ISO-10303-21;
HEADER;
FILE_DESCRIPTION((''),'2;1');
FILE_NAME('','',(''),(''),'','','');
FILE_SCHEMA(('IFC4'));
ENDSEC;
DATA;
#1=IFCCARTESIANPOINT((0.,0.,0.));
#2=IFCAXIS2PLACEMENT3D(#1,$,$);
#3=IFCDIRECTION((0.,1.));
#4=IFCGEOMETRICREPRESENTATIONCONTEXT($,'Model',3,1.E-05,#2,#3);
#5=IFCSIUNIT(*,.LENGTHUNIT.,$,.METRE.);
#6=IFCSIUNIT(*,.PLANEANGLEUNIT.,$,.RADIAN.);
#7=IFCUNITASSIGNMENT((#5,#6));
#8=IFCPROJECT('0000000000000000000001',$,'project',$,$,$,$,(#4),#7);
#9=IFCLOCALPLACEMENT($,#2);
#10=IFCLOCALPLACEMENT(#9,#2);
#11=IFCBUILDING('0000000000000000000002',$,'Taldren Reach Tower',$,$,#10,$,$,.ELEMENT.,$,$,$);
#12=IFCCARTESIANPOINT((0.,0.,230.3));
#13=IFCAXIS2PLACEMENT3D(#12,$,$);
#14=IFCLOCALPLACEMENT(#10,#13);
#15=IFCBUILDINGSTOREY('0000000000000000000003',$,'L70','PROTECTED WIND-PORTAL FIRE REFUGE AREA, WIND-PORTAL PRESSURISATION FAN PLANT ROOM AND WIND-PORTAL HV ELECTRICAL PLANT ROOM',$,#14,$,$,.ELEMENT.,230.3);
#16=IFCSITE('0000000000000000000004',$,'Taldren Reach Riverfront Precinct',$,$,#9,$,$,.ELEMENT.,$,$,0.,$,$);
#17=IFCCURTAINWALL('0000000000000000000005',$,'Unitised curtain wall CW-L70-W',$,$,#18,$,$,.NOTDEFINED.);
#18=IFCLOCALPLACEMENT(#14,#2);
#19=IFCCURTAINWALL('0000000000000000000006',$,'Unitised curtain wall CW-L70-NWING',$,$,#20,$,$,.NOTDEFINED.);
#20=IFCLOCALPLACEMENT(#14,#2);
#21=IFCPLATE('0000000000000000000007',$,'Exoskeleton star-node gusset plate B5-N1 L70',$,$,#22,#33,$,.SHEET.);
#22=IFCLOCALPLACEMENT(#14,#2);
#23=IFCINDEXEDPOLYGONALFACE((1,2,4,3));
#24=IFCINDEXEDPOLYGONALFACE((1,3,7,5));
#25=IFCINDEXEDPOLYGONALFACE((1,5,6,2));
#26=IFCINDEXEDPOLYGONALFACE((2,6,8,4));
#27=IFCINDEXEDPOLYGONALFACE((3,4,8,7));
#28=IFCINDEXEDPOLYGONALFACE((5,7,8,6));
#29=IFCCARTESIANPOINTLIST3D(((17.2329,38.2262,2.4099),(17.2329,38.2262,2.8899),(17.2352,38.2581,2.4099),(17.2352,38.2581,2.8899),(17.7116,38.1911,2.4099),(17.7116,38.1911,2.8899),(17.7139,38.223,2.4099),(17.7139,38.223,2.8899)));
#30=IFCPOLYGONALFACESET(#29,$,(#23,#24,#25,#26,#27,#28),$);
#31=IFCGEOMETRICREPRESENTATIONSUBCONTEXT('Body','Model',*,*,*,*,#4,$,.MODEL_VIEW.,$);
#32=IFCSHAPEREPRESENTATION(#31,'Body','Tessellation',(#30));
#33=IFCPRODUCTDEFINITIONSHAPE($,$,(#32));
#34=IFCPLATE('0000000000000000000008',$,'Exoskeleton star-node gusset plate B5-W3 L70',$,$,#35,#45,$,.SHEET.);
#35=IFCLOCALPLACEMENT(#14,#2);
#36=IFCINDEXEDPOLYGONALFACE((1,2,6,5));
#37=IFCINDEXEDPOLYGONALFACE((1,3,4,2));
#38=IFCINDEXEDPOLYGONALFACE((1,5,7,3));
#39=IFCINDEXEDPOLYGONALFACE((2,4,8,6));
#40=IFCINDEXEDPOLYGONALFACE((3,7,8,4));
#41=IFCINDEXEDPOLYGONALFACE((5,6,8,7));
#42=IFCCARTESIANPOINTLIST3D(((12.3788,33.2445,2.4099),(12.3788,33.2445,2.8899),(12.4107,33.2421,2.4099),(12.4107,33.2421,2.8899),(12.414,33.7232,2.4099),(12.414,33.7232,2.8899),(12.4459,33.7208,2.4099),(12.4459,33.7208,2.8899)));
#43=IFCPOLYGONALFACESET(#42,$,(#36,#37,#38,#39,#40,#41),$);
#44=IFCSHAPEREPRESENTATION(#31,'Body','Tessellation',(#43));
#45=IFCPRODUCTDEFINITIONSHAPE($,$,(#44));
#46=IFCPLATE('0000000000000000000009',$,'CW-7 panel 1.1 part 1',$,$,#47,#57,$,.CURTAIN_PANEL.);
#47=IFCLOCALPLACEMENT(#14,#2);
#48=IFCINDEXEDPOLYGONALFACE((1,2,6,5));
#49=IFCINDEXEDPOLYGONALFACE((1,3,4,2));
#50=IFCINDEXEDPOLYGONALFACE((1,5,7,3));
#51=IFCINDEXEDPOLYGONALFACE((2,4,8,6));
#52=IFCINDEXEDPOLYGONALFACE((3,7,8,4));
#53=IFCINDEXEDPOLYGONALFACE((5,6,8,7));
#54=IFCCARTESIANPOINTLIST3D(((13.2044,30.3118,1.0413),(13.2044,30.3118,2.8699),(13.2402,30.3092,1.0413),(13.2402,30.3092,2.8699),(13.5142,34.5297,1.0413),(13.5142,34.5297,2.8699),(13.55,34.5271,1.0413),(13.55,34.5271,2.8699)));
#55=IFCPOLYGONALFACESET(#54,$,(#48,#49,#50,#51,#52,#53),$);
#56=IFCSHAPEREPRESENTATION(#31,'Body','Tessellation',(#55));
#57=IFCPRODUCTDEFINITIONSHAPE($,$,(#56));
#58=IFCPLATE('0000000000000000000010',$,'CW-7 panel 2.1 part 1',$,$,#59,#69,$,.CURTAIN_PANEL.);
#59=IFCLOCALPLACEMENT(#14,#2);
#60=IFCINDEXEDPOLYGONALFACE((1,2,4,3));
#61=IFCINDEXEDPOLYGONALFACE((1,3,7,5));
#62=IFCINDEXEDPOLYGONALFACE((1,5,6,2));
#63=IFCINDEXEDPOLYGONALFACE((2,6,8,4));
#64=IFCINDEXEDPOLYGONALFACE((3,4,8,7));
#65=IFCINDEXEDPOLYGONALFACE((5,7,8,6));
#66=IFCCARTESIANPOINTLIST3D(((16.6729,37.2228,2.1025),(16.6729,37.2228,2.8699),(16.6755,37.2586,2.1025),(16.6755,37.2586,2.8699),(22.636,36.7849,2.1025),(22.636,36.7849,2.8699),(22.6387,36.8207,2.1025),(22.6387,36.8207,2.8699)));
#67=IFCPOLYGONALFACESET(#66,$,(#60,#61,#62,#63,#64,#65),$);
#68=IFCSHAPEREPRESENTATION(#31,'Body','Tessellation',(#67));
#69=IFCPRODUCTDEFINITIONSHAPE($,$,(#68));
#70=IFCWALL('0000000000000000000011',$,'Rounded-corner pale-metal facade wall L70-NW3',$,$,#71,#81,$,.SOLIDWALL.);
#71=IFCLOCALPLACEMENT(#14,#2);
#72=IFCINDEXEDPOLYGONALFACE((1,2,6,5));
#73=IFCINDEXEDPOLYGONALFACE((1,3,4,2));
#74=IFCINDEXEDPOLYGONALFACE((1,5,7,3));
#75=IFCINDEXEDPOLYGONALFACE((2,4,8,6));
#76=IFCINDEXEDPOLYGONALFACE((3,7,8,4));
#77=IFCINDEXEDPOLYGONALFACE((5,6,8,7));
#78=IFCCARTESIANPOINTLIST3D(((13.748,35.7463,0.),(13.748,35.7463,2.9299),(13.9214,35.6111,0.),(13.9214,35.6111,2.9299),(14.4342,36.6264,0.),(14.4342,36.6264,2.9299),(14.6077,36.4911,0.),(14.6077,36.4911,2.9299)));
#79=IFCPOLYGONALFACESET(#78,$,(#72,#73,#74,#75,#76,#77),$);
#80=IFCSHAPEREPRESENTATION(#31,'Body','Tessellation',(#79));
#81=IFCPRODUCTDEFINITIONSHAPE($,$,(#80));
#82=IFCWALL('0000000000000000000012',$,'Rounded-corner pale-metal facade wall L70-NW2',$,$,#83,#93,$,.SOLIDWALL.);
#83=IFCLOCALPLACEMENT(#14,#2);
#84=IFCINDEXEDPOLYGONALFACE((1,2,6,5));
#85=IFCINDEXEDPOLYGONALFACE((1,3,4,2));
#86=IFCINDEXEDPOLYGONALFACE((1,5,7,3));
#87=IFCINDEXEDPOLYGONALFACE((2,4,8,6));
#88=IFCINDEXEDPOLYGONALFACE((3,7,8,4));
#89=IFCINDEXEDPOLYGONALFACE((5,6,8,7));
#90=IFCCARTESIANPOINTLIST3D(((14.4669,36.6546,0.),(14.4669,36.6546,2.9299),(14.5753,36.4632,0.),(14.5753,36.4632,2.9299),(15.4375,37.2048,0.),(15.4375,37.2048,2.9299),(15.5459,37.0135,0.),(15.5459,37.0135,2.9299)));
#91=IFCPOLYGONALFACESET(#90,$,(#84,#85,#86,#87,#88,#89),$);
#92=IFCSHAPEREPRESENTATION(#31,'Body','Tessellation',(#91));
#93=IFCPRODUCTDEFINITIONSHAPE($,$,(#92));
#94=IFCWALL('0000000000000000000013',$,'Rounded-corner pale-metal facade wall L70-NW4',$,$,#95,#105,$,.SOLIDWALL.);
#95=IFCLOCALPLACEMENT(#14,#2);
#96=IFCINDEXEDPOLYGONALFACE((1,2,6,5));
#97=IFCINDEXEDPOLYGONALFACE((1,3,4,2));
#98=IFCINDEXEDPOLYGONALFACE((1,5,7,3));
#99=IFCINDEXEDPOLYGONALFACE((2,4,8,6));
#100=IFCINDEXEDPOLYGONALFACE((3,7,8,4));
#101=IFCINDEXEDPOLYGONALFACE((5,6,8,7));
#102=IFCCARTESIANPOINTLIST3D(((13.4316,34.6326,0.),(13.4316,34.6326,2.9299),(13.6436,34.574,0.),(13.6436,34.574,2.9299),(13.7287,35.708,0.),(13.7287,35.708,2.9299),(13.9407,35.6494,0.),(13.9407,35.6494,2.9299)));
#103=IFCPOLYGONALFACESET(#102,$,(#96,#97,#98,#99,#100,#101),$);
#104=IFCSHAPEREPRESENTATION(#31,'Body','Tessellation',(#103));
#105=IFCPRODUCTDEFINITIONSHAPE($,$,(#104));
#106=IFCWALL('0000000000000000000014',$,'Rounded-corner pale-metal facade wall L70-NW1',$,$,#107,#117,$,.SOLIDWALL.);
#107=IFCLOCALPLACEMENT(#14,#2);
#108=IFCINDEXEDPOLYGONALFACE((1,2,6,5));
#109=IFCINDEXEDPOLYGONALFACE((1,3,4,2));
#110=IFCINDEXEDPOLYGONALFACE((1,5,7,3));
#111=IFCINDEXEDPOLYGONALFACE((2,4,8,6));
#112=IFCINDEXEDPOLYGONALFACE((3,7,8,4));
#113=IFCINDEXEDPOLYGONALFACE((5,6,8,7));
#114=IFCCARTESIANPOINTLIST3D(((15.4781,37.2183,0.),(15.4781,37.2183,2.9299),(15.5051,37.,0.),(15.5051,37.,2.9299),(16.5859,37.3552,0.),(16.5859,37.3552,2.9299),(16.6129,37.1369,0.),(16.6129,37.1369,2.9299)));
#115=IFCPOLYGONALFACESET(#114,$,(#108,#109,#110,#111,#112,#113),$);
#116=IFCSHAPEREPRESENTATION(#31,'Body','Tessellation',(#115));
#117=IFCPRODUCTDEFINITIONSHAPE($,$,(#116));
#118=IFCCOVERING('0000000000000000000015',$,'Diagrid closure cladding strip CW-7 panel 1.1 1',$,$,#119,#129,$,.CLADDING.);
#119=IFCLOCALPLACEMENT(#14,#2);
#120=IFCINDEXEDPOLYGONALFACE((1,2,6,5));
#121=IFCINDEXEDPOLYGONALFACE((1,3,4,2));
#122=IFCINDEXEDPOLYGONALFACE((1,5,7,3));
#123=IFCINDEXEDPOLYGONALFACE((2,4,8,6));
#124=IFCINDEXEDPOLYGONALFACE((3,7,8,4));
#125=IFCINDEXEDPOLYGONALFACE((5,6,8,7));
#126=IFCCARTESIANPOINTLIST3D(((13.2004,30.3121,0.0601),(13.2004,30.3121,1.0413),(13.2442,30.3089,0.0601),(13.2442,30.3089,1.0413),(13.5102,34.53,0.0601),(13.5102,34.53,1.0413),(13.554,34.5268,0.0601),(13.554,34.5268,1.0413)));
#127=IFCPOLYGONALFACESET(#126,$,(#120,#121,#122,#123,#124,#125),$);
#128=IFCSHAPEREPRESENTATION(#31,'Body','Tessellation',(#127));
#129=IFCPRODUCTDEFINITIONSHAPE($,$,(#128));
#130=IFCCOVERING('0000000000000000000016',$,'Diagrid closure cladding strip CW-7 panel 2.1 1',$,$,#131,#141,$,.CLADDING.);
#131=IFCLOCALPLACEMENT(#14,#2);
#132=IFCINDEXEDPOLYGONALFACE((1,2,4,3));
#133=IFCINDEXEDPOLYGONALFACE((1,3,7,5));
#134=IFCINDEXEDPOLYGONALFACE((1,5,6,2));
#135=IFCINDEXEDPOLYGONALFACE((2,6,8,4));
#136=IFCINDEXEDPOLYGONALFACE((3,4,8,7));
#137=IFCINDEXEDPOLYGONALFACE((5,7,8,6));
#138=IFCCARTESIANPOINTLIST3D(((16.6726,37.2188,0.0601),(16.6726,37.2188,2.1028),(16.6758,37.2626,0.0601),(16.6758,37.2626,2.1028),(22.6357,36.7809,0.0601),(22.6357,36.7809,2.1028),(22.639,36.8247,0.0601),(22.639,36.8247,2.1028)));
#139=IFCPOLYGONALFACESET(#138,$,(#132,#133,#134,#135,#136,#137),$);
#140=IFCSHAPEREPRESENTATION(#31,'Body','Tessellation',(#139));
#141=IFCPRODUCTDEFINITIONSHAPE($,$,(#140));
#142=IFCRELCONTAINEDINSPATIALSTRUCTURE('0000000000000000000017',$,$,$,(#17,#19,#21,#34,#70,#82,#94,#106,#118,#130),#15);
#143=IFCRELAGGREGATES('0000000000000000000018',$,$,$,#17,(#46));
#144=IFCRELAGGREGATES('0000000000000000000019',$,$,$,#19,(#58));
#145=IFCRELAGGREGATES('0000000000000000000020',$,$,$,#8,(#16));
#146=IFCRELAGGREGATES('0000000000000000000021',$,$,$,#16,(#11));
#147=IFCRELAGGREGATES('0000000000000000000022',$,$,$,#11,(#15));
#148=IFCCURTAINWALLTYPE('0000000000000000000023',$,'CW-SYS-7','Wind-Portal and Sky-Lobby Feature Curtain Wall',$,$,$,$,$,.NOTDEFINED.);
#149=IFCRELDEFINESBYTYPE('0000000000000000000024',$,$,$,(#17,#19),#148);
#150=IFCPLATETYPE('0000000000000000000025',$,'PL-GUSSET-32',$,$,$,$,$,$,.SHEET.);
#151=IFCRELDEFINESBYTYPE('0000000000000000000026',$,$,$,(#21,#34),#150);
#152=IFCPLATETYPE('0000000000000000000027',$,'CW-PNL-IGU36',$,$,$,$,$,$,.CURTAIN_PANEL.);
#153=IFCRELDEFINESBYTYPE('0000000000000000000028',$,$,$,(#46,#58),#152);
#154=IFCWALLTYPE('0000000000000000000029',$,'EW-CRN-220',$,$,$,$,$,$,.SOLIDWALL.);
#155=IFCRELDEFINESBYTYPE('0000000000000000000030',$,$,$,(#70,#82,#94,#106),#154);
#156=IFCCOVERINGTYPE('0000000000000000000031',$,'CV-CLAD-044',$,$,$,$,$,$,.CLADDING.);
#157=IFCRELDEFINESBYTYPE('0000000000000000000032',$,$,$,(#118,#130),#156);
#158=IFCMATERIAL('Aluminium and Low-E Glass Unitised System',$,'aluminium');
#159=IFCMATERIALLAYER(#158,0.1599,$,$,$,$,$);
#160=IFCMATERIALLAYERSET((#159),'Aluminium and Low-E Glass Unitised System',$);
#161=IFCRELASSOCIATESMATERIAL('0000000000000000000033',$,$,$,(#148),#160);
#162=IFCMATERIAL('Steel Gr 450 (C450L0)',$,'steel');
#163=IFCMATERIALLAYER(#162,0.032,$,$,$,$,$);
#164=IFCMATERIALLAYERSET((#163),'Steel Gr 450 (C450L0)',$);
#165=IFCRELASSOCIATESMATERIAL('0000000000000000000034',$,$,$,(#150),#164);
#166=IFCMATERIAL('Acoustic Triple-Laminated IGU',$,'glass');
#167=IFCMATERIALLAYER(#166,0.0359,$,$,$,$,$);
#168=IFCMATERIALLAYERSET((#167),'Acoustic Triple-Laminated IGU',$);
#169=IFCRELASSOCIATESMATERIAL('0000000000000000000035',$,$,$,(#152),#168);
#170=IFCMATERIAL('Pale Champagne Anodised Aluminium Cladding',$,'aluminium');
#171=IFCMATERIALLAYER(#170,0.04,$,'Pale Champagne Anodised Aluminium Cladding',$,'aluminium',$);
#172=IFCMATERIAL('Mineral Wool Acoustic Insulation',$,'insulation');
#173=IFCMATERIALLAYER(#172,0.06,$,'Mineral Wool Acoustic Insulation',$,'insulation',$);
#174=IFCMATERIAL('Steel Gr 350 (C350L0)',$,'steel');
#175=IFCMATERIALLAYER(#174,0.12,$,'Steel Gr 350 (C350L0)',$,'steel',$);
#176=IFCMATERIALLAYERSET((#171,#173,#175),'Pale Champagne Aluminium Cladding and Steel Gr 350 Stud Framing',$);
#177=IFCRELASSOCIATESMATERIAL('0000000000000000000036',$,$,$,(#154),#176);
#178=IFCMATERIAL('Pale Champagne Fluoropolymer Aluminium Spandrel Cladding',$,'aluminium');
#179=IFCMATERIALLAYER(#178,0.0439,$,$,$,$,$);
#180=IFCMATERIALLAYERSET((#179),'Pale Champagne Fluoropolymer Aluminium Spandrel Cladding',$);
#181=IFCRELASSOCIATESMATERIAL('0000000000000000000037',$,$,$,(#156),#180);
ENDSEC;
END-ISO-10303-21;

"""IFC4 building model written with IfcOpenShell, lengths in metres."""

from ifc_helpers import new_model, si_unit, direction, frame, frame_2d, origin, origin_2d, place, context, subcontext, project, spatial, rectangle, extrude, source, transform, mapped, material, layer, layer_set, type_object, element, aggregate, save


model = new_model("IFC4")

# Units and contexts
model_context = context("Model", 3, precision=1e-05, world=origin(), true_north=direction((0.0, 1.0)))
body_context = subcontext(model_context, "Body", "Model", "MODEL_VIEW")
ifc_project = project(units=[si_unit("LENGTHUNIT", "METRE"), si_unit("PLANEANGLEUNIT", "RADIAN")], contexts=[model_context])

# Site, building, storey
site_placement = place(None, origin())
site = spatial("IfcSite", under=ifc_project, at=site_placement, Name="Taldren Reach Riverfront Precinct", CompositionType="ELEMENT", RefElevation=0.0)
building_placement = place(site_placement, origin())
building = spatial("IfcBuilding", under=site, at=building_placement, Name="Taldren Reach Tower", CompositionType="ELEMENT")
storey_placement = place(building_placement, frame((0.0, 0.0, 230.3)))
storey = spatial("IfcBuildingStorey", under=building, at=storey_placement, Name="L70", Description="PROTECTED WIND-PORTAL FIRE REFUGE AREA, WIND-PORTAL PRESSURISATION FAN PLANT ROOM AND WIND-PORTAL HV ELECTRICAL PLANT ROOM", CompositionType="ELEMENT", Elevation=230.3)

# Shared definitions
ifc_material_1 = material(Name="Steel Gr 350 (C350L0)", Category="steel")

# Shared definitions
ifc_material_2 = material(Name="Steel Gr 450 (C450L0)", Category="steel")

# Curtain wall
ifc_material_3 = material(Name="Aluminium and Low-E Glass Unitised System", Category="aluminium")
ifc_layer_1 = layer(ifc_material_3, 0.1599)
ifc_layer_set_1 = layer_set([ifc_layer_1], Name="Aluminium and Low-E Glass Unitised System")
curtain_wall_type = type_object("IfcCurtainWallType", Name="CW-SYS-7", Description="Wind-Portal and Sky-Lobby Feature Curtain Wall", PredefinedType="NOTDEFINED", material=ifc_layer_set_1)
curtain_wall_1_placement = place(storey_placement, origin())
curtain_wall_1 = element("IfcCurtainWall", 1, at=curtain_wall_1_placement, inside=storey, type_object=curtain_wall_type, Name="Unitised curtain wall CW-L70-W", PredefinedType="NOTDEFINED")

# Curtain wall
curtain_wall_2_placement = place(storey_placement, origin())
curtain_wall_2 = element("IfcCurtainWall", 2, at=curtain_wall_2_placement, inside=storey, type_object=curtain_wall_type, Name="Unitised curtain wall CW-L70-NWING", PredefinedType="NOTDEFINED")

# Plates
ifc_layer_2 = layer(ifc_material_2, 0.032)
ifc_layer_set_2 = layer_set([ifc_layer_2], Name="Steel Gr 450 (C450L0)")
plate_type_1 = type_object("IfcPlateType", Name="PL-GUSSET-32", PredefinedType="SHEET", material=ifc_layer_set_2)
shared_shape_1 = source(origin(), body_context, "Body", "SweptSolid", [
    extrude(rectangle(XDim=0.48, YDim=0.032, at=origin_2d()), origin(), (0.0, 0.0, 1.0), 0.48),
])
for number, where, z_axis, x_axis, name in (
    (3, (17.4734, 38.2246, 2.4099), (0.0, 0.0, 1.0), (0.997314, -0.073238, 0.0), "Exoskeleton star-node gusset plate B5-N1 L70"),
    (4, (12.4124, 33.4827, 2.4099), (0.0, 0.0, 1.0), (0.073238, 0.997314, 0.0), "Exoskeleton star-node gusset plate B5-W3 L70"),
):
    element("IfcPlate", number, at=place(storey_placement, frame(where, z_axis=z_axis, x_axis=x_axis)), inside=storey, type_object=plate_type_1, Name=name, PredefinedType="SHEET", context=body_context, shape_type="MappedRepresentation", body=[
        mapped(shared_shape_1, transform((0.0, 0.0, 0.0), scale=1.0)),
    ])

# Plates
ifc_material_4 = material(Name="Acoustic Triple-Laminated IGU", Category="glass")
ifc_layer_3 = layer(ifc_material_4, 0.0359)
ifc_layer_set_3 = layer_set([ifc_layer_3], Name="Acoustic Triple-Laminated IGU")
plate_type_2 = type_object("IfcPlateType", Name="CW-PNL-IGU36", PredefinedType="CURTAIN_PANEL", material=ifc_layer_set_3)
shared_shape_2 = source(origin(), body_context, "Body", "SweptSolid", [
    extrude(rectangle(XDim=4.2292, YDim=0.0359, at=origin_2d()), origin(), (0.0, 0.0, 1.0), 1.8286),
])
plate_1_placement = place(storey_placement, frame((13.3772, 32.4194, 1.0413), z_axis=(0.0, 0.0, 1.0), x_axis=(-0.073238, -0.997314, 0.0)))
plate_1 = element("IfcPlate", 5, at=plate_1_placement, type_object=plate_type_2, Name="CW-7 panel 1.1 part 1", PredefinedType="CURTAIN_PANEL", context=body_context, shape_type="MappedRepresentation", body=[
    mapped(shared_shape_2, transform((0.0, 0.0, 0.0), scale=1.0)),
])
aggregate(curtain_wall_1, [plate_1])
shared_shape_3 = source(origin(), body_context, "Body", "SweptSolid", [
    extrude(rectangle(XDim=5.9792, YDim=0.0359, at=origin_2d()), origin(), (0.0, 0.0, 1.0), 0.7673),
])
plate_2_placement = place(storey_placement, frame((19.6558, 37.0217, 2.1025), z_axis=(0.0, 0.0, 1.0), x_axis=(-0.997314, 0.073238, 0.0)))
plate_2 = element("IfcPlate", 6, at=plate_2_placement, type_object=plate_type_2, Name="CW-7 panel 2.1 part 1", PredefinedType="CURTAIN_PANEL", context=body_context, shape_type="MappedRepresentation", body=[
    mapped(shared_shape_3, transform((0.0, 0.0, 0.0), scale=1.0)),
])
aggregate(curtain_wall_2, [plate_2])

# Walls
ifc_material_5 = material(Name="Pale Champagne Anodised Aluminium Cladding", Category="aluminium")
ifc_layer_4 = layer(ifc_material_5, 0.04, Name="Pale Champagne Anodised Aluminium Cladding", Category="aluminium")
ifc_material_6 = material(Name="Mineral Wool Acoustic Insulation", Category="insulation")
ifc_layer_5 = layer(ifc_material_6, 0.06, Name="Mineral Wool Acoustic Insulation", Category="insulation")
ifc_layer_6 = layer(ifc_material_1, 0.12, Name="Steel Gr 350 (C350L0)", Category="steel")
ifc_layer_set_4 = layer_set([ifc_layer_4, ifc_layer_5, ifc_layer_6], Name="Pale Champagne Aluminium Cladding and Steel Gr 350 Stud Framing")
wall_type = type_object("IfcWallType", Name="EW-CRN-220", PredefinedType="SOLIDWALL", material=ifc_layer_set_4)
shared_shape_4 = source(origin(), body_context, "Body", "SweptSolid", [
    extrude(rectangle(XDim=1.116, YDim=0.22, at=frame_2d((0.5581, 0.0))), origin(), (0.0, 0.0, 1.0), 2.9299),
])
wall_1_placement = place(storey_placement, frame((14.521, 36.5588, 0.0), z_axis=(0.0, 0.0, 1.0), x_axis=(-0.614909, -0.788598, 0.0)))
element("IfcWall", 7, at=wall_1_placement, inside=storey, type_object=wall_type, Name="Rounded-corner pale-metal facade wall L70-NW3", PredefinedType="SOLIDWALL", context=body_context, shape_type="MappedRepresentation", body=[
    mapped(shared_shape_4, transform((0.0, 0.0, 0.0), scale=1.0)),
])
shared_shape_5 = source(origin(), body_context, "Body", "SweptSolid", [
    extrude(rectangle(XDim=1.1157, YDim=0.22, at=frame_2d((0.5579, 0.0))), origin(), (0.0, 0.0, 1.0), 2.9299),
])
for number, where, z_axis, x_axis, name in (
    (8, (15.4917, 37.1091, 0.0), (0.0, 0.0, 1.0), (-0.869935, -0.493167, 0.0), "Rounded-corner pale-metal facade wall L70-NW2"),
    (9, (13.8347, 35.6787, 0.0), (0.0, 0.0, 1.0), (-0.266301, -0.96389, 0.0), "Rounded-corner pale-metal facade wall L70-NW4"),
):
    element("IfcWall", number, at=place(storey_placement, frame(where, z_axis=z_axis, x_axis=x_axis)), inside=storey, type_object=wall_type, Name=name, PredefinedType="SOLIDWALL", context=body_context, shape_type="MappedRepresentation", body=[
        mapped(shared_shape_5, transform((0.0, 0.0, 0.0), scale=1.0)),
    ])
shared_shape_6 = source(origin(), body_context, "Body", "SweptSolid", [
    extrude(rectangle(XDim=1.1162, YDim=0.22, at=frame_2d((0.5581, 0.0))), origin(), (0.0, 0.0, 1.0), 2.9299),
])
wall_2_placement = place(storey_placement, frame((16.5994, 37.2461, 0.0), z_axis=(0.0, 0.0, 1.0), x_axis=(-0.992442, -0.122715, 0.0)))
element("IfcWall", 10, at=wall_2_placement, inside=storey, type_object=wall_type, Name="Rounded-corner pale-metal facade wall L70-NW1", PredefinedType="SOLIDWALL", context=body_context, shape_type="MappedRepresentation", body=[
    mapped(shared_shape_6, transform((0.0, 0.0, 0.0), scale=1.0)),
])

# Coverings
ifc_material_7 = material(Name="Pale Champagne Fluoropolymer Aluminium Spandrel Cladding", Category="aluminium")
ifc_layer_7 = layer(ifc_material_7, 0.0439)
ifc_layer_set_5 = layer_set([ifc_layer_7], Name="Pale Champagne Fluoropolymer Aluminium Spandrel Cladding")
covering_type = type_object("IfcCoveringType", Name="CV-CLAD-044", PredefinedType="CLADDING", material=ifc_layer_set_5)
shared_shape_7 = source(origin(), body_context, "Body", "SweptSolid", [
    extrude(rectangle(XDim=4.2292, YDim=0.0439, at=origin_2d()), origin(), (0.0, 0.0, 1.0), 0.9812),
])
covering_1_placement = place(storey_placement, frame((13.3772, 32.4194, 0.0601), z_axis=(0.0, 0.0, 1.0), x_axis=(-0.073238, -0.997314, 0.0)))
element("IfcCovering", 11, at=covering_1_placement, inside=storey, type_object=covering_type, Name="Diagrid closure cladding strip CW-7 panel 1.1 1", PredefinedType="CLADDING", context=body_context, shape_type="MappedRepresentation", body=[
    mapped(shared_shape_7, transform((0.0, 0.0, 0.0), scale=1.0)),
])
shared_shape_8 = source(origin(), body_context, "Body", "SweptSolid", [
    extrude(rectangle(XDim=5.9792, YDim=0.0439, at=origin_2d()), origin(), (0.0, 0.0, 1.0), 2.0427),
])
covering_2_placement = place(storey_placement, frame((19.6558, 37.0217, 0.0601), z_axis=(0.0, 0.0, 1.0), x_axis=(-0.997314, 0.073238, 0.0)))
element("IfcCovering", 12, at=covering_2_placement, inside=storey, type_object=covering_type, Name="Diagrid closure cladding strip CW-7 panel 2.1 1", PredefinedType="CLADDING", context=body_context, shape_type="MappedRepresentation", body=[
    mapped(shared_shape_8, transform((0.0, 0.0, 0.0), scale=1.0)),
])

save(model, "model.ifc")
